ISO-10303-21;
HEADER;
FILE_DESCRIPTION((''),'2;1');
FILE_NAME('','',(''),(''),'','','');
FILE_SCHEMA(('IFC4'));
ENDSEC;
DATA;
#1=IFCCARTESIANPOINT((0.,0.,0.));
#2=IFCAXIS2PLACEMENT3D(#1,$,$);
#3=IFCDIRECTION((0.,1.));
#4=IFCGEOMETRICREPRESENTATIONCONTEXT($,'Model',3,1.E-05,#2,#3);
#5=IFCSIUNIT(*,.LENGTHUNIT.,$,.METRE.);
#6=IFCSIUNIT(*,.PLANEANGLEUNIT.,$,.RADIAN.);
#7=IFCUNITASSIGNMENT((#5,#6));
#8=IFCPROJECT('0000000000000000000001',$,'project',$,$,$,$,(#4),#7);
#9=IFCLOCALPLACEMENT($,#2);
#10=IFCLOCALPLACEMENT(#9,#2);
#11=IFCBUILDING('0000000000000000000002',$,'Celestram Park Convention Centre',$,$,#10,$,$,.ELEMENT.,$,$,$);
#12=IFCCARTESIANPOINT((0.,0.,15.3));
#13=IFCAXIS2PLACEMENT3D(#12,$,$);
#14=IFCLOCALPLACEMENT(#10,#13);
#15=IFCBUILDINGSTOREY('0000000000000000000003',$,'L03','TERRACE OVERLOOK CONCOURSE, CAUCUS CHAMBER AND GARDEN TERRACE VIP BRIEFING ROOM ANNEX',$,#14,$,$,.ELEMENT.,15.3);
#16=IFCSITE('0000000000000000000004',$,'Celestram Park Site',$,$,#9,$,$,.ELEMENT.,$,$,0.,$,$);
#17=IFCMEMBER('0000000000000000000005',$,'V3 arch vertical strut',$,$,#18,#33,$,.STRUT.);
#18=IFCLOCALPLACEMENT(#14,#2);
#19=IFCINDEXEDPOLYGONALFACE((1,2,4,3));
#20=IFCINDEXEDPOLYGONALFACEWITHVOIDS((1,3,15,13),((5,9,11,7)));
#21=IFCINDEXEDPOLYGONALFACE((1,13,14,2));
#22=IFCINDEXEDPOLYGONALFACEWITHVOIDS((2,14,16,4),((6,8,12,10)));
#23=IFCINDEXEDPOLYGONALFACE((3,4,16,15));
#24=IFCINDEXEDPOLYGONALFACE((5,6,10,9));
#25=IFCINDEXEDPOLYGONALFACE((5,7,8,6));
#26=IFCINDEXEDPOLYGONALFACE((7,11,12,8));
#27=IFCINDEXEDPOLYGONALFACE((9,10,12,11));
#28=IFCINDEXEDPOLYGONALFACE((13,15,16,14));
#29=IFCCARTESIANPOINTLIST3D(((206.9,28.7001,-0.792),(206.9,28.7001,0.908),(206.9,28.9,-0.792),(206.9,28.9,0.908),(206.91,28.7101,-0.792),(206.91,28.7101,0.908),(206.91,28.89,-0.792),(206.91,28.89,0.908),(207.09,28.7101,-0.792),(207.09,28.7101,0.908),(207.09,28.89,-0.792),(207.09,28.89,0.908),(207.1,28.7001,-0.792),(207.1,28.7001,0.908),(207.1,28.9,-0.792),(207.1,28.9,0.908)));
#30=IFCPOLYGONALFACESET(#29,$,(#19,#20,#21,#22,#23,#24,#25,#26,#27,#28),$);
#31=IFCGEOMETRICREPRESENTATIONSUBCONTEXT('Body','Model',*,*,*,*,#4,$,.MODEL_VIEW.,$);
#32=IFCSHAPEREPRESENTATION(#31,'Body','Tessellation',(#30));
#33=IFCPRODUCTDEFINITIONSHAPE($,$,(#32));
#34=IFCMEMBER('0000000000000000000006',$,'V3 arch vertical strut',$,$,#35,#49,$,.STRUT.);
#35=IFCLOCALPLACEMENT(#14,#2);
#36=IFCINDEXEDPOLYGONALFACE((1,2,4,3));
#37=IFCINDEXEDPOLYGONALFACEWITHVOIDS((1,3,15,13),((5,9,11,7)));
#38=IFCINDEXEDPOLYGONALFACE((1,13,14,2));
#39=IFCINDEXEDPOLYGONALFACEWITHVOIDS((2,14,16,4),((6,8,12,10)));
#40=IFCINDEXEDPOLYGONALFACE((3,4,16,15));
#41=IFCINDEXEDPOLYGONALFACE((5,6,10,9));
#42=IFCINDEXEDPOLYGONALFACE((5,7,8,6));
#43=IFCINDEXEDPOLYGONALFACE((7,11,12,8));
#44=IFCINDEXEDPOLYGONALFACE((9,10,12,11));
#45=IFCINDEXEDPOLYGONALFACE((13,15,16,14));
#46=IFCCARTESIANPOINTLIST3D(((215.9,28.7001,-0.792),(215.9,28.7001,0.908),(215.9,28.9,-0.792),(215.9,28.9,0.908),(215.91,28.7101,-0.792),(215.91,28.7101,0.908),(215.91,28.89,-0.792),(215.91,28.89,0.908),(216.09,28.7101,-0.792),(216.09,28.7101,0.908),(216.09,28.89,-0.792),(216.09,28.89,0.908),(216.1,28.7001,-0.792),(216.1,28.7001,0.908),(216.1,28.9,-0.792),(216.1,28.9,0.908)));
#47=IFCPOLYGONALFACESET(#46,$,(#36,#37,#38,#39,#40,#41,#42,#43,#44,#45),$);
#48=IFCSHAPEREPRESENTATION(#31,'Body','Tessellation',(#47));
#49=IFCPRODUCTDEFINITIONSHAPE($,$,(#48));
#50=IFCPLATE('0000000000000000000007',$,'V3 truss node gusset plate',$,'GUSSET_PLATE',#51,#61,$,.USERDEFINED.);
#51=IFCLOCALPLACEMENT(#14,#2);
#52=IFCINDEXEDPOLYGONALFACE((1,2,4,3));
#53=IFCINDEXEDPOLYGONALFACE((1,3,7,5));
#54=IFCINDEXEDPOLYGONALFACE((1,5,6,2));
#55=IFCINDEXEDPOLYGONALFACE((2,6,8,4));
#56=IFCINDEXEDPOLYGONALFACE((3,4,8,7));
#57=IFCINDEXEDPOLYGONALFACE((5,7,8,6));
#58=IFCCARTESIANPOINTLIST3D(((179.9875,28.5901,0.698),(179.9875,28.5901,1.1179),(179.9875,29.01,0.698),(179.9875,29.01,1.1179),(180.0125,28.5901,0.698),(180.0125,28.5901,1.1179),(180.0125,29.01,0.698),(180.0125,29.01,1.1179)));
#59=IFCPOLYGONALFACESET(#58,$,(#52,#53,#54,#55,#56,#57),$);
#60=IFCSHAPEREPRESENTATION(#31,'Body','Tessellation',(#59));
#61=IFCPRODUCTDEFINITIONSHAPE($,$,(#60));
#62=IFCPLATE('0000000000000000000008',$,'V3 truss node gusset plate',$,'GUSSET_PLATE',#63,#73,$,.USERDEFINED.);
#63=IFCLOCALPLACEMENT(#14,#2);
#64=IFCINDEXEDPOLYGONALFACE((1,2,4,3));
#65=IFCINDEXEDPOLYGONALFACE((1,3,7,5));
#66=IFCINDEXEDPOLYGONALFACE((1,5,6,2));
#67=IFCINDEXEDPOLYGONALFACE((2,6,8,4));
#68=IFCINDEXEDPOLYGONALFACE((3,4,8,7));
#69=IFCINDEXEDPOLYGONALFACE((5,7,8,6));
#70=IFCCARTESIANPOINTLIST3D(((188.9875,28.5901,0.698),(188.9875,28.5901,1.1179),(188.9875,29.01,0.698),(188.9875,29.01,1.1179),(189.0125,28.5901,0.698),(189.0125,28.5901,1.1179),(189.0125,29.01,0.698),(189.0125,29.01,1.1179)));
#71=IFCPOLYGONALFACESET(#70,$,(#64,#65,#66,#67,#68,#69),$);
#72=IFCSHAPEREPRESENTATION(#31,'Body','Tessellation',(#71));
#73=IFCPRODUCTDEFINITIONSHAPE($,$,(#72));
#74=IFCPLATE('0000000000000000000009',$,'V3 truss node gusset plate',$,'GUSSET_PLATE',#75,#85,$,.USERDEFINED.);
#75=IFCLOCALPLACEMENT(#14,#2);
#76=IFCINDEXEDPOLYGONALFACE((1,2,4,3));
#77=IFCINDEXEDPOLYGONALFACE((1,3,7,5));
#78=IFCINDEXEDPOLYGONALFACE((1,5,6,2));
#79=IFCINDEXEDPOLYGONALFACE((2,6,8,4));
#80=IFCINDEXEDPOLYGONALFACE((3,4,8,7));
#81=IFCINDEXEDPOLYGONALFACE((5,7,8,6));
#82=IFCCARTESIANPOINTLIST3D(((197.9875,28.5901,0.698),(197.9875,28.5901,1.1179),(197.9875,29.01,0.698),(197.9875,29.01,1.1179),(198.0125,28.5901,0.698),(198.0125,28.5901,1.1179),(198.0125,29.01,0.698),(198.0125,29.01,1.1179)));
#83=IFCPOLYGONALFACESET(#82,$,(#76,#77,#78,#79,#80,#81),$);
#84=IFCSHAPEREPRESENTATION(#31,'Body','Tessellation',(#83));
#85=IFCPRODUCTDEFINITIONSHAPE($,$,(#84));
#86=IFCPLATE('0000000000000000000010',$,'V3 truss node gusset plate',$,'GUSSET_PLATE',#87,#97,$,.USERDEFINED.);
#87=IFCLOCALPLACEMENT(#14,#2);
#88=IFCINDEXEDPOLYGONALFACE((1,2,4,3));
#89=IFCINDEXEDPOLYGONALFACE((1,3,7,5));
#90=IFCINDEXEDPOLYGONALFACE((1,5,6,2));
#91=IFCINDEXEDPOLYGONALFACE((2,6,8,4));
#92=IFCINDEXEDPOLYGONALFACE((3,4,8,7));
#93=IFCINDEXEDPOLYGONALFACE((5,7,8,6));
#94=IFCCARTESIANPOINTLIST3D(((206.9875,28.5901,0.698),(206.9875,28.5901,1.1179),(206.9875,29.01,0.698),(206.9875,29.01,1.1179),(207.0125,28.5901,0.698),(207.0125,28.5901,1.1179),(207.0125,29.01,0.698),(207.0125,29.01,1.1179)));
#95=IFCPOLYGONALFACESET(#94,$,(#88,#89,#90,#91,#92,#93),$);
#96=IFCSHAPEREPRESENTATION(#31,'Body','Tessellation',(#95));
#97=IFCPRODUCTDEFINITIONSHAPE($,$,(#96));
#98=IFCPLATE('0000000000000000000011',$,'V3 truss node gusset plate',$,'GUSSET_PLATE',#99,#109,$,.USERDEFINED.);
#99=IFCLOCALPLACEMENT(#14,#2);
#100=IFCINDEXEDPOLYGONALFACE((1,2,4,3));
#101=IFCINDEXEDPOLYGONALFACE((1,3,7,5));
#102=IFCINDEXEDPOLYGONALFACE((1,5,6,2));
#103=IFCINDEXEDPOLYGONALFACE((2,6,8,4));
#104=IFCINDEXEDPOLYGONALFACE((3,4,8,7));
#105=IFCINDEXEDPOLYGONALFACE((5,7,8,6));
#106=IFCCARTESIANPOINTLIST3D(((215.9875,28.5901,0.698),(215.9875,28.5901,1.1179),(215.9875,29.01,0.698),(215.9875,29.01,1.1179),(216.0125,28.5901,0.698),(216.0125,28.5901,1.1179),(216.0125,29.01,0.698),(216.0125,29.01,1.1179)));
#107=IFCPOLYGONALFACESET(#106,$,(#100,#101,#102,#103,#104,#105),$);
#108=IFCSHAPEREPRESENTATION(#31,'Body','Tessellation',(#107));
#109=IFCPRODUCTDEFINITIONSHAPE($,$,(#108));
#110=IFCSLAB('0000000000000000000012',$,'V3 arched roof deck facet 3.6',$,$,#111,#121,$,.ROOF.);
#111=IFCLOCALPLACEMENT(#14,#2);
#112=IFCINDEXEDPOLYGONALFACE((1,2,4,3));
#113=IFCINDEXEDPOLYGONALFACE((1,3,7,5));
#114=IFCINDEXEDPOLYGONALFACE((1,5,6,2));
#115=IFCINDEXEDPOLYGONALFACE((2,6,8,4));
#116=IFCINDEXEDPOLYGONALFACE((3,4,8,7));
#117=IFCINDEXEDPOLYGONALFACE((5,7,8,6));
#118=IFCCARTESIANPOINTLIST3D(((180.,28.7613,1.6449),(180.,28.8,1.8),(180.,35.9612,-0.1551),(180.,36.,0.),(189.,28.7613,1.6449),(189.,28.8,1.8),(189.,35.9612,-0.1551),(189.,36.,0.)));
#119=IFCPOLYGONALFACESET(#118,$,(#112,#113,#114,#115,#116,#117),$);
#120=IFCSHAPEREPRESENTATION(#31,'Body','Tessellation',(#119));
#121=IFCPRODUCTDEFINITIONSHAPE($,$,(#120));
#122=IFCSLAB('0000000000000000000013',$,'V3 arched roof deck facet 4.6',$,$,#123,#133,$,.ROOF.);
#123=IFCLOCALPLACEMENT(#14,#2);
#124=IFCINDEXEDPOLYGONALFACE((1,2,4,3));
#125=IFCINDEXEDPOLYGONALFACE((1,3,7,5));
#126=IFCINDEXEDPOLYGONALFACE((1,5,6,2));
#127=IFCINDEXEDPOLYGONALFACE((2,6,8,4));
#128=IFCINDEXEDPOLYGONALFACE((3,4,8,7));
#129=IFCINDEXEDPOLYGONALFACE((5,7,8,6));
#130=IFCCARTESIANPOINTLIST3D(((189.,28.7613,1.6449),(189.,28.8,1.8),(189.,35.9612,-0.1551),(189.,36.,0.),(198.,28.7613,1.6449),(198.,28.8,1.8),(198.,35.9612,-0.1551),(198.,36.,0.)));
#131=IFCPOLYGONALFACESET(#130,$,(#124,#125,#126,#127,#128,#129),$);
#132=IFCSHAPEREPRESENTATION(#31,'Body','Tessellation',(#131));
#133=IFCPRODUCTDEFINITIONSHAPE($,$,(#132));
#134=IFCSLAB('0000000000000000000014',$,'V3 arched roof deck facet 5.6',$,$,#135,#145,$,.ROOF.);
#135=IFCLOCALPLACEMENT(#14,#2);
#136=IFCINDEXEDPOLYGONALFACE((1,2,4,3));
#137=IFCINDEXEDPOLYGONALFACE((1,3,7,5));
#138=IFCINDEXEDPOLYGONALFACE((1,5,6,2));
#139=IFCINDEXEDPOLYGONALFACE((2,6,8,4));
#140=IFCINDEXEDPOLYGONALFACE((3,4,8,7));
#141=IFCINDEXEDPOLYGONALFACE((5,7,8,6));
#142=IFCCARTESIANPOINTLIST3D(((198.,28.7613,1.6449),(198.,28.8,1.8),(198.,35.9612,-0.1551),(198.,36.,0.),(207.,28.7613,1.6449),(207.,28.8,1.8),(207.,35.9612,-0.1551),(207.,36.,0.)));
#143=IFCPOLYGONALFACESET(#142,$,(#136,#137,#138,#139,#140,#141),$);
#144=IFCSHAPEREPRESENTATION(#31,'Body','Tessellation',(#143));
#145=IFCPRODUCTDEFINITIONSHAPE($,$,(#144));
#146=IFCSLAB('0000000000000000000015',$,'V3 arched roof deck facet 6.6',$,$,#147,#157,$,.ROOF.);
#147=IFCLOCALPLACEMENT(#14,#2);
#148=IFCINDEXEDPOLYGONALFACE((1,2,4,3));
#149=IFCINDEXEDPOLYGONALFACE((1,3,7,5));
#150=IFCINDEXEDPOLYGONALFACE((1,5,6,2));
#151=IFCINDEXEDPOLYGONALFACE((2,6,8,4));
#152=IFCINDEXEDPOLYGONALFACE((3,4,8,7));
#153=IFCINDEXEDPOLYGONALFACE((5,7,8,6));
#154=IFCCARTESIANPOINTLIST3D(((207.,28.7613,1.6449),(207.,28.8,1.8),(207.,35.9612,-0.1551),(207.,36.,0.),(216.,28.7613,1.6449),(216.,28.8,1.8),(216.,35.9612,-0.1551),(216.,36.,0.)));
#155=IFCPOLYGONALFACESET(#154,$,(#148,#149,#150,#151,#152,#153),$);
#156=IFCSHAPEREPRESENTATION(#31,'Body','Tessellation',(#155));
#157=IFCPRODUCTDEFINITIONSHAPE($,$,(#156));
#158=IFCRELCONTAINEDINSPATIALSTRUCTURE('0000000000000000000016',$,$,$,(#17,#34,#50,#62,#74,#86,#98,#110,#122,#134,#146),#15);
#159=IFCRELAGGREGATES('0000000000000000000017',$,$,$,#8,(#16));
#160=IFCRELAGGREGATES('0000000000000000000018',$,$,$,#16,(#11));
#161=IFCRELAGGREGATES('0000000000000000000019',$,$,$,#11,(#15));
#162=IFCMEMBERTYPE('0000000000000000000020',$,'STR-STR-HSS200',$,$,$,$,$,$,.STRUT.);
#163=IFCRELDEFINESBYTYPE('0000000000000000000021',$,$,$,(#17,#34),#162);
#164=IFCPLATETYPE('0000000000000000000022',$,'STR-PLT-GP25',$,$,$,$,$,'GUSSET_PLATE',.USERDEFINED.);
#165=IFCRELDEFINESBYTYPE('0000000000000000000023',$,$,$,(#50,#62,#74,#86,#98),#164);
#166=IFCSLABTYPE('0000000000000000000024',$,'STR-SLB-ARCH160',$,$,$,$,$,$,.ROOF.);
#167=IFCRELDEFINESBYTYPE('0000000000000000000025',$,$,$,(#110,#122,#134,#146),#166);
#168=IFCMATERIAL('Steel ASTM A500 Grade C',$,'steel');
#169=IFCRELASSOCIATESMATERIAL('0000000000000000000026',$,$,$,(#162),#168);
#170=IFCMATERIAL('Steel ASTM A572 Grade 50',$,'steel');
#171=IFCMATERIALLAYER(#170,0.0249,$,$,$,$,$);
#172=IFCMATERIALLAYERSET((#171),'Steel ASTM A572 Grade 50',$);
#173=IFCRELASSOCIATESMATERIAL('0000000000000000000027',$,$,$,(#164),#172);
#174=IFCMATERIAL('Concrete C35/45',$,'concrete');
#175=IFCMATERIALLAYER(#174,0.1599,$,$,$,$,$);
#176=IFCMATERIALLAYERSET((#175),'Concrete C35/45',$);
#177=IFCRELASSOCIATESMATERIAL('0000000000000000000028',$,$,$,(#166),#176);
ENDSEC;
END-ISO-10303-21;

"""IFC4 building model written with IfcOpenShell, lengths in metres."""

from ifc_helpers import new_model, si_unit, direction, frame, origin, origin_2d, place, context, subcontext, project, spatial, polyline, rectangle, hollow_rectangle, outline, extrude, material, layer, layer_set, material_profile, profile_set, type_object, element, save


model = new_model("IFC4")

# Units and contexts
model_context = context("Model", 3, precision=1e-05, world=origin(), true_north=direction((0.0, 1.0)))
body_context = subcontext(model_context, "Body", "Model", "MODEL_VIEW")
ifc_project = project(units=[si_unit("LENGTHUNIT", "METRE"), si_unit("PLANEANGLEUNIT", "RADIAN")], contexts=[model_context])

# Site, building, storey
site_placement = place(None, origin())
site = spatial("IfcSite", under=ifc_project, at=site_placement, Name="Celestram Park Site", CompositionType="ELEMENT", RefElevation=0.0)
building_placement = place(site_placement, origin())
building = spatial("IfcBuilding", under=site, at=building_placement, Name="Celestram Park Convention Centre", CompositionType="ELEMENT")
storey_placement = place(building_placement, frame((0.0, 0.0, 15.3)))
storey = spatial("IfcBuildingStorey", under=building, at=storey_placement, Name="L03", Description="TERRACE OVERLOOK CONCOURSE, CAUCUS CHAMBER AND GARDEN TERRACE VIP BRIEFING ROOM ANNEX", CompositionType="ELEMENT", Elevation=15.3)

# Members
ifc_material_1 = material(Name="Steel ASTM A500 Grade C", Category="steel")
ifc_material_profile_1 = material_profile(ifc_material_1, hollow_rectangle(XDim=0.2, YDim=0.2, WallThickness=0.01, at=origin_2d()), Name="HSS200X200X10")
ifc_profile_set_1 = profile_set([ifc_material_profile_1], Name="Steel ASTM A500 Grade C")
member_type_1 = type_object("IfcMemberType", Name="STR-STR-HSS200", PredefinedType="STRUT", material=ifc_profile_set_1)
for number, where, z_axis, x_axis, name in (
    (1, (207.0, 28.8, -0.792), (0.0, 0.0, 1.0), (1.0, 0.0, 0.0), "V3 arch vertical strut"),
    (2, (216.0, 28.8, -0.792), (0.0, 0.0, 1.0), (1.0, 0.0, 0.0), "V3 arch vertical strut"),
):
    element("IfcMember", number, at=place(storey_placement, frame(where, z_axis=z_axis, x_axis=x_axis)), inside=storey, type_object=member_type_1, Name=name, PredefinedType="STRUT", context=body_context, shape_type="SweptSolid", body=[
        extrude(hollow_rectangle(XDim=0.2, YDim=0.2, WallThickness=0.01, at=origin_2d()), origin(), (0.0, 0.0, 1.0), 1.7),
    ])

# Plates
ifc_material_2 = material(Name="Steel ASTM A572 Grade 50", Category="steel")
ifc_layer_1 = layer(ifc_material_2, 0.0249)
ifc_layer_set_1 = layer_set([ifc_layer_1], Name="Steel ASTM A572 Grade 50")
plate_type = type_object("IfcPlateType", Name="STR-PLT-GP25", ElementType="GUSSET_PLATE", PredefinedType="USERDEFINED", material=ifc_layer_set_1)
for number, where, z_axis, x_axis, name in (
    (3, (180.0, 28.8, 0.698), (0.0, 0.0, 1.0), (0.0, 1.0, 0.0), "V3 truss node gusset plate"),
    (4, (189.0, 28.8, 0.698), (0.0, 0.0, 1.0), (0.0, 1.0, 0.0), "V3 truss node gusset plate"),
    (5, (198.0, 28.8, 0.698), (0.0, 0.0, 1.0), (0.0, 1.0, 0.0), "V3 truss node gusset plate"),
    (6, (207.0, 28.8, 0.698), (0.0, 0.0, 1.0), (0.0, 1.0, 0.0), "V3 truss node gusset plate"),
    (7, (216.0, 28.8, 0.698), (0.0, 0.0, 1.0), (0.0, 1.0, 0.0), "V3 truss node gusset plate"),
):
    element("IfcPlate", number, at=place(storey_placement, frame(where, z_axis=z_axis, x_axis=x_axis)), inside=storey, type_object=plate_type, Name=name, ObjectType="GUSSET_PLATE", PredefinedType="USERDEFINED", context=body_context, shape_type="SweptSolid", body=[
        extrude(rectangle(XDim=0.4199, YDim=0.0249, at=origin_2d()), origin(), (0.0, 0.0, 1.0), 0.4199),
    ])

# Slabs
ifc_material_3 = material(Name="Concrete C35/45", Category="concrete")
ifc_layer_2 = layer(ifc_material_3, 0.1599)
ifc_layer_set_2 = layer_set([ifc_layer_2], Name="Concrete C35/45")
slab_type = type_object("IfcSlabType", Name="STR-SLB-ARCH160", PredefinedType="ROOF", material=ifc_layer_set_2)
for number, where, z_axis, x_axis, name in (
    (8, (180.0, 28.8, 1.8), (0.0, 0.242543, 0.970141), (1.0, 0.0, 0.0), "V3 arched roof deck facet 3.6"),
    (9, (189.0, 28.8, 1.8), (0.0, 0.242543, 0.970141), (1.0, 0.0, 0.0), "V3 arched roof deck facet 4.6"),
    (10, (198.0, 28.8, 1.8), (0.0, 0.242543, 0.970141), (1.0, 0.0, 0.0), "V3 arched roof deck facet 5.6"),
    (11, (207.0, 28.8, 1.8), (0.0, 0.242543, 0.970141), (1.0, 0.0, 0.0), "V3 arched roof deck facet 6.6"),
):
    element("IfcSlab", number, at=place(storey_placement, frame(where, z_axis=z_axis, x_axis=x_axis)), inside=storey, type_object=slab_type, Name=name, PredefinedType="ROOF", context=body_context, shape_type="SweptSolid", body=[
        extrude(outline(polyline([(0.0, 0.0), (9.0, 0.0), (9.0, 7.4216), (0.0, 7.4216), (0.0, 0.0)])), origin(), (0.0, 0.0, -1.0), 0.1599),
    ])

save(model, "model.ifc")
